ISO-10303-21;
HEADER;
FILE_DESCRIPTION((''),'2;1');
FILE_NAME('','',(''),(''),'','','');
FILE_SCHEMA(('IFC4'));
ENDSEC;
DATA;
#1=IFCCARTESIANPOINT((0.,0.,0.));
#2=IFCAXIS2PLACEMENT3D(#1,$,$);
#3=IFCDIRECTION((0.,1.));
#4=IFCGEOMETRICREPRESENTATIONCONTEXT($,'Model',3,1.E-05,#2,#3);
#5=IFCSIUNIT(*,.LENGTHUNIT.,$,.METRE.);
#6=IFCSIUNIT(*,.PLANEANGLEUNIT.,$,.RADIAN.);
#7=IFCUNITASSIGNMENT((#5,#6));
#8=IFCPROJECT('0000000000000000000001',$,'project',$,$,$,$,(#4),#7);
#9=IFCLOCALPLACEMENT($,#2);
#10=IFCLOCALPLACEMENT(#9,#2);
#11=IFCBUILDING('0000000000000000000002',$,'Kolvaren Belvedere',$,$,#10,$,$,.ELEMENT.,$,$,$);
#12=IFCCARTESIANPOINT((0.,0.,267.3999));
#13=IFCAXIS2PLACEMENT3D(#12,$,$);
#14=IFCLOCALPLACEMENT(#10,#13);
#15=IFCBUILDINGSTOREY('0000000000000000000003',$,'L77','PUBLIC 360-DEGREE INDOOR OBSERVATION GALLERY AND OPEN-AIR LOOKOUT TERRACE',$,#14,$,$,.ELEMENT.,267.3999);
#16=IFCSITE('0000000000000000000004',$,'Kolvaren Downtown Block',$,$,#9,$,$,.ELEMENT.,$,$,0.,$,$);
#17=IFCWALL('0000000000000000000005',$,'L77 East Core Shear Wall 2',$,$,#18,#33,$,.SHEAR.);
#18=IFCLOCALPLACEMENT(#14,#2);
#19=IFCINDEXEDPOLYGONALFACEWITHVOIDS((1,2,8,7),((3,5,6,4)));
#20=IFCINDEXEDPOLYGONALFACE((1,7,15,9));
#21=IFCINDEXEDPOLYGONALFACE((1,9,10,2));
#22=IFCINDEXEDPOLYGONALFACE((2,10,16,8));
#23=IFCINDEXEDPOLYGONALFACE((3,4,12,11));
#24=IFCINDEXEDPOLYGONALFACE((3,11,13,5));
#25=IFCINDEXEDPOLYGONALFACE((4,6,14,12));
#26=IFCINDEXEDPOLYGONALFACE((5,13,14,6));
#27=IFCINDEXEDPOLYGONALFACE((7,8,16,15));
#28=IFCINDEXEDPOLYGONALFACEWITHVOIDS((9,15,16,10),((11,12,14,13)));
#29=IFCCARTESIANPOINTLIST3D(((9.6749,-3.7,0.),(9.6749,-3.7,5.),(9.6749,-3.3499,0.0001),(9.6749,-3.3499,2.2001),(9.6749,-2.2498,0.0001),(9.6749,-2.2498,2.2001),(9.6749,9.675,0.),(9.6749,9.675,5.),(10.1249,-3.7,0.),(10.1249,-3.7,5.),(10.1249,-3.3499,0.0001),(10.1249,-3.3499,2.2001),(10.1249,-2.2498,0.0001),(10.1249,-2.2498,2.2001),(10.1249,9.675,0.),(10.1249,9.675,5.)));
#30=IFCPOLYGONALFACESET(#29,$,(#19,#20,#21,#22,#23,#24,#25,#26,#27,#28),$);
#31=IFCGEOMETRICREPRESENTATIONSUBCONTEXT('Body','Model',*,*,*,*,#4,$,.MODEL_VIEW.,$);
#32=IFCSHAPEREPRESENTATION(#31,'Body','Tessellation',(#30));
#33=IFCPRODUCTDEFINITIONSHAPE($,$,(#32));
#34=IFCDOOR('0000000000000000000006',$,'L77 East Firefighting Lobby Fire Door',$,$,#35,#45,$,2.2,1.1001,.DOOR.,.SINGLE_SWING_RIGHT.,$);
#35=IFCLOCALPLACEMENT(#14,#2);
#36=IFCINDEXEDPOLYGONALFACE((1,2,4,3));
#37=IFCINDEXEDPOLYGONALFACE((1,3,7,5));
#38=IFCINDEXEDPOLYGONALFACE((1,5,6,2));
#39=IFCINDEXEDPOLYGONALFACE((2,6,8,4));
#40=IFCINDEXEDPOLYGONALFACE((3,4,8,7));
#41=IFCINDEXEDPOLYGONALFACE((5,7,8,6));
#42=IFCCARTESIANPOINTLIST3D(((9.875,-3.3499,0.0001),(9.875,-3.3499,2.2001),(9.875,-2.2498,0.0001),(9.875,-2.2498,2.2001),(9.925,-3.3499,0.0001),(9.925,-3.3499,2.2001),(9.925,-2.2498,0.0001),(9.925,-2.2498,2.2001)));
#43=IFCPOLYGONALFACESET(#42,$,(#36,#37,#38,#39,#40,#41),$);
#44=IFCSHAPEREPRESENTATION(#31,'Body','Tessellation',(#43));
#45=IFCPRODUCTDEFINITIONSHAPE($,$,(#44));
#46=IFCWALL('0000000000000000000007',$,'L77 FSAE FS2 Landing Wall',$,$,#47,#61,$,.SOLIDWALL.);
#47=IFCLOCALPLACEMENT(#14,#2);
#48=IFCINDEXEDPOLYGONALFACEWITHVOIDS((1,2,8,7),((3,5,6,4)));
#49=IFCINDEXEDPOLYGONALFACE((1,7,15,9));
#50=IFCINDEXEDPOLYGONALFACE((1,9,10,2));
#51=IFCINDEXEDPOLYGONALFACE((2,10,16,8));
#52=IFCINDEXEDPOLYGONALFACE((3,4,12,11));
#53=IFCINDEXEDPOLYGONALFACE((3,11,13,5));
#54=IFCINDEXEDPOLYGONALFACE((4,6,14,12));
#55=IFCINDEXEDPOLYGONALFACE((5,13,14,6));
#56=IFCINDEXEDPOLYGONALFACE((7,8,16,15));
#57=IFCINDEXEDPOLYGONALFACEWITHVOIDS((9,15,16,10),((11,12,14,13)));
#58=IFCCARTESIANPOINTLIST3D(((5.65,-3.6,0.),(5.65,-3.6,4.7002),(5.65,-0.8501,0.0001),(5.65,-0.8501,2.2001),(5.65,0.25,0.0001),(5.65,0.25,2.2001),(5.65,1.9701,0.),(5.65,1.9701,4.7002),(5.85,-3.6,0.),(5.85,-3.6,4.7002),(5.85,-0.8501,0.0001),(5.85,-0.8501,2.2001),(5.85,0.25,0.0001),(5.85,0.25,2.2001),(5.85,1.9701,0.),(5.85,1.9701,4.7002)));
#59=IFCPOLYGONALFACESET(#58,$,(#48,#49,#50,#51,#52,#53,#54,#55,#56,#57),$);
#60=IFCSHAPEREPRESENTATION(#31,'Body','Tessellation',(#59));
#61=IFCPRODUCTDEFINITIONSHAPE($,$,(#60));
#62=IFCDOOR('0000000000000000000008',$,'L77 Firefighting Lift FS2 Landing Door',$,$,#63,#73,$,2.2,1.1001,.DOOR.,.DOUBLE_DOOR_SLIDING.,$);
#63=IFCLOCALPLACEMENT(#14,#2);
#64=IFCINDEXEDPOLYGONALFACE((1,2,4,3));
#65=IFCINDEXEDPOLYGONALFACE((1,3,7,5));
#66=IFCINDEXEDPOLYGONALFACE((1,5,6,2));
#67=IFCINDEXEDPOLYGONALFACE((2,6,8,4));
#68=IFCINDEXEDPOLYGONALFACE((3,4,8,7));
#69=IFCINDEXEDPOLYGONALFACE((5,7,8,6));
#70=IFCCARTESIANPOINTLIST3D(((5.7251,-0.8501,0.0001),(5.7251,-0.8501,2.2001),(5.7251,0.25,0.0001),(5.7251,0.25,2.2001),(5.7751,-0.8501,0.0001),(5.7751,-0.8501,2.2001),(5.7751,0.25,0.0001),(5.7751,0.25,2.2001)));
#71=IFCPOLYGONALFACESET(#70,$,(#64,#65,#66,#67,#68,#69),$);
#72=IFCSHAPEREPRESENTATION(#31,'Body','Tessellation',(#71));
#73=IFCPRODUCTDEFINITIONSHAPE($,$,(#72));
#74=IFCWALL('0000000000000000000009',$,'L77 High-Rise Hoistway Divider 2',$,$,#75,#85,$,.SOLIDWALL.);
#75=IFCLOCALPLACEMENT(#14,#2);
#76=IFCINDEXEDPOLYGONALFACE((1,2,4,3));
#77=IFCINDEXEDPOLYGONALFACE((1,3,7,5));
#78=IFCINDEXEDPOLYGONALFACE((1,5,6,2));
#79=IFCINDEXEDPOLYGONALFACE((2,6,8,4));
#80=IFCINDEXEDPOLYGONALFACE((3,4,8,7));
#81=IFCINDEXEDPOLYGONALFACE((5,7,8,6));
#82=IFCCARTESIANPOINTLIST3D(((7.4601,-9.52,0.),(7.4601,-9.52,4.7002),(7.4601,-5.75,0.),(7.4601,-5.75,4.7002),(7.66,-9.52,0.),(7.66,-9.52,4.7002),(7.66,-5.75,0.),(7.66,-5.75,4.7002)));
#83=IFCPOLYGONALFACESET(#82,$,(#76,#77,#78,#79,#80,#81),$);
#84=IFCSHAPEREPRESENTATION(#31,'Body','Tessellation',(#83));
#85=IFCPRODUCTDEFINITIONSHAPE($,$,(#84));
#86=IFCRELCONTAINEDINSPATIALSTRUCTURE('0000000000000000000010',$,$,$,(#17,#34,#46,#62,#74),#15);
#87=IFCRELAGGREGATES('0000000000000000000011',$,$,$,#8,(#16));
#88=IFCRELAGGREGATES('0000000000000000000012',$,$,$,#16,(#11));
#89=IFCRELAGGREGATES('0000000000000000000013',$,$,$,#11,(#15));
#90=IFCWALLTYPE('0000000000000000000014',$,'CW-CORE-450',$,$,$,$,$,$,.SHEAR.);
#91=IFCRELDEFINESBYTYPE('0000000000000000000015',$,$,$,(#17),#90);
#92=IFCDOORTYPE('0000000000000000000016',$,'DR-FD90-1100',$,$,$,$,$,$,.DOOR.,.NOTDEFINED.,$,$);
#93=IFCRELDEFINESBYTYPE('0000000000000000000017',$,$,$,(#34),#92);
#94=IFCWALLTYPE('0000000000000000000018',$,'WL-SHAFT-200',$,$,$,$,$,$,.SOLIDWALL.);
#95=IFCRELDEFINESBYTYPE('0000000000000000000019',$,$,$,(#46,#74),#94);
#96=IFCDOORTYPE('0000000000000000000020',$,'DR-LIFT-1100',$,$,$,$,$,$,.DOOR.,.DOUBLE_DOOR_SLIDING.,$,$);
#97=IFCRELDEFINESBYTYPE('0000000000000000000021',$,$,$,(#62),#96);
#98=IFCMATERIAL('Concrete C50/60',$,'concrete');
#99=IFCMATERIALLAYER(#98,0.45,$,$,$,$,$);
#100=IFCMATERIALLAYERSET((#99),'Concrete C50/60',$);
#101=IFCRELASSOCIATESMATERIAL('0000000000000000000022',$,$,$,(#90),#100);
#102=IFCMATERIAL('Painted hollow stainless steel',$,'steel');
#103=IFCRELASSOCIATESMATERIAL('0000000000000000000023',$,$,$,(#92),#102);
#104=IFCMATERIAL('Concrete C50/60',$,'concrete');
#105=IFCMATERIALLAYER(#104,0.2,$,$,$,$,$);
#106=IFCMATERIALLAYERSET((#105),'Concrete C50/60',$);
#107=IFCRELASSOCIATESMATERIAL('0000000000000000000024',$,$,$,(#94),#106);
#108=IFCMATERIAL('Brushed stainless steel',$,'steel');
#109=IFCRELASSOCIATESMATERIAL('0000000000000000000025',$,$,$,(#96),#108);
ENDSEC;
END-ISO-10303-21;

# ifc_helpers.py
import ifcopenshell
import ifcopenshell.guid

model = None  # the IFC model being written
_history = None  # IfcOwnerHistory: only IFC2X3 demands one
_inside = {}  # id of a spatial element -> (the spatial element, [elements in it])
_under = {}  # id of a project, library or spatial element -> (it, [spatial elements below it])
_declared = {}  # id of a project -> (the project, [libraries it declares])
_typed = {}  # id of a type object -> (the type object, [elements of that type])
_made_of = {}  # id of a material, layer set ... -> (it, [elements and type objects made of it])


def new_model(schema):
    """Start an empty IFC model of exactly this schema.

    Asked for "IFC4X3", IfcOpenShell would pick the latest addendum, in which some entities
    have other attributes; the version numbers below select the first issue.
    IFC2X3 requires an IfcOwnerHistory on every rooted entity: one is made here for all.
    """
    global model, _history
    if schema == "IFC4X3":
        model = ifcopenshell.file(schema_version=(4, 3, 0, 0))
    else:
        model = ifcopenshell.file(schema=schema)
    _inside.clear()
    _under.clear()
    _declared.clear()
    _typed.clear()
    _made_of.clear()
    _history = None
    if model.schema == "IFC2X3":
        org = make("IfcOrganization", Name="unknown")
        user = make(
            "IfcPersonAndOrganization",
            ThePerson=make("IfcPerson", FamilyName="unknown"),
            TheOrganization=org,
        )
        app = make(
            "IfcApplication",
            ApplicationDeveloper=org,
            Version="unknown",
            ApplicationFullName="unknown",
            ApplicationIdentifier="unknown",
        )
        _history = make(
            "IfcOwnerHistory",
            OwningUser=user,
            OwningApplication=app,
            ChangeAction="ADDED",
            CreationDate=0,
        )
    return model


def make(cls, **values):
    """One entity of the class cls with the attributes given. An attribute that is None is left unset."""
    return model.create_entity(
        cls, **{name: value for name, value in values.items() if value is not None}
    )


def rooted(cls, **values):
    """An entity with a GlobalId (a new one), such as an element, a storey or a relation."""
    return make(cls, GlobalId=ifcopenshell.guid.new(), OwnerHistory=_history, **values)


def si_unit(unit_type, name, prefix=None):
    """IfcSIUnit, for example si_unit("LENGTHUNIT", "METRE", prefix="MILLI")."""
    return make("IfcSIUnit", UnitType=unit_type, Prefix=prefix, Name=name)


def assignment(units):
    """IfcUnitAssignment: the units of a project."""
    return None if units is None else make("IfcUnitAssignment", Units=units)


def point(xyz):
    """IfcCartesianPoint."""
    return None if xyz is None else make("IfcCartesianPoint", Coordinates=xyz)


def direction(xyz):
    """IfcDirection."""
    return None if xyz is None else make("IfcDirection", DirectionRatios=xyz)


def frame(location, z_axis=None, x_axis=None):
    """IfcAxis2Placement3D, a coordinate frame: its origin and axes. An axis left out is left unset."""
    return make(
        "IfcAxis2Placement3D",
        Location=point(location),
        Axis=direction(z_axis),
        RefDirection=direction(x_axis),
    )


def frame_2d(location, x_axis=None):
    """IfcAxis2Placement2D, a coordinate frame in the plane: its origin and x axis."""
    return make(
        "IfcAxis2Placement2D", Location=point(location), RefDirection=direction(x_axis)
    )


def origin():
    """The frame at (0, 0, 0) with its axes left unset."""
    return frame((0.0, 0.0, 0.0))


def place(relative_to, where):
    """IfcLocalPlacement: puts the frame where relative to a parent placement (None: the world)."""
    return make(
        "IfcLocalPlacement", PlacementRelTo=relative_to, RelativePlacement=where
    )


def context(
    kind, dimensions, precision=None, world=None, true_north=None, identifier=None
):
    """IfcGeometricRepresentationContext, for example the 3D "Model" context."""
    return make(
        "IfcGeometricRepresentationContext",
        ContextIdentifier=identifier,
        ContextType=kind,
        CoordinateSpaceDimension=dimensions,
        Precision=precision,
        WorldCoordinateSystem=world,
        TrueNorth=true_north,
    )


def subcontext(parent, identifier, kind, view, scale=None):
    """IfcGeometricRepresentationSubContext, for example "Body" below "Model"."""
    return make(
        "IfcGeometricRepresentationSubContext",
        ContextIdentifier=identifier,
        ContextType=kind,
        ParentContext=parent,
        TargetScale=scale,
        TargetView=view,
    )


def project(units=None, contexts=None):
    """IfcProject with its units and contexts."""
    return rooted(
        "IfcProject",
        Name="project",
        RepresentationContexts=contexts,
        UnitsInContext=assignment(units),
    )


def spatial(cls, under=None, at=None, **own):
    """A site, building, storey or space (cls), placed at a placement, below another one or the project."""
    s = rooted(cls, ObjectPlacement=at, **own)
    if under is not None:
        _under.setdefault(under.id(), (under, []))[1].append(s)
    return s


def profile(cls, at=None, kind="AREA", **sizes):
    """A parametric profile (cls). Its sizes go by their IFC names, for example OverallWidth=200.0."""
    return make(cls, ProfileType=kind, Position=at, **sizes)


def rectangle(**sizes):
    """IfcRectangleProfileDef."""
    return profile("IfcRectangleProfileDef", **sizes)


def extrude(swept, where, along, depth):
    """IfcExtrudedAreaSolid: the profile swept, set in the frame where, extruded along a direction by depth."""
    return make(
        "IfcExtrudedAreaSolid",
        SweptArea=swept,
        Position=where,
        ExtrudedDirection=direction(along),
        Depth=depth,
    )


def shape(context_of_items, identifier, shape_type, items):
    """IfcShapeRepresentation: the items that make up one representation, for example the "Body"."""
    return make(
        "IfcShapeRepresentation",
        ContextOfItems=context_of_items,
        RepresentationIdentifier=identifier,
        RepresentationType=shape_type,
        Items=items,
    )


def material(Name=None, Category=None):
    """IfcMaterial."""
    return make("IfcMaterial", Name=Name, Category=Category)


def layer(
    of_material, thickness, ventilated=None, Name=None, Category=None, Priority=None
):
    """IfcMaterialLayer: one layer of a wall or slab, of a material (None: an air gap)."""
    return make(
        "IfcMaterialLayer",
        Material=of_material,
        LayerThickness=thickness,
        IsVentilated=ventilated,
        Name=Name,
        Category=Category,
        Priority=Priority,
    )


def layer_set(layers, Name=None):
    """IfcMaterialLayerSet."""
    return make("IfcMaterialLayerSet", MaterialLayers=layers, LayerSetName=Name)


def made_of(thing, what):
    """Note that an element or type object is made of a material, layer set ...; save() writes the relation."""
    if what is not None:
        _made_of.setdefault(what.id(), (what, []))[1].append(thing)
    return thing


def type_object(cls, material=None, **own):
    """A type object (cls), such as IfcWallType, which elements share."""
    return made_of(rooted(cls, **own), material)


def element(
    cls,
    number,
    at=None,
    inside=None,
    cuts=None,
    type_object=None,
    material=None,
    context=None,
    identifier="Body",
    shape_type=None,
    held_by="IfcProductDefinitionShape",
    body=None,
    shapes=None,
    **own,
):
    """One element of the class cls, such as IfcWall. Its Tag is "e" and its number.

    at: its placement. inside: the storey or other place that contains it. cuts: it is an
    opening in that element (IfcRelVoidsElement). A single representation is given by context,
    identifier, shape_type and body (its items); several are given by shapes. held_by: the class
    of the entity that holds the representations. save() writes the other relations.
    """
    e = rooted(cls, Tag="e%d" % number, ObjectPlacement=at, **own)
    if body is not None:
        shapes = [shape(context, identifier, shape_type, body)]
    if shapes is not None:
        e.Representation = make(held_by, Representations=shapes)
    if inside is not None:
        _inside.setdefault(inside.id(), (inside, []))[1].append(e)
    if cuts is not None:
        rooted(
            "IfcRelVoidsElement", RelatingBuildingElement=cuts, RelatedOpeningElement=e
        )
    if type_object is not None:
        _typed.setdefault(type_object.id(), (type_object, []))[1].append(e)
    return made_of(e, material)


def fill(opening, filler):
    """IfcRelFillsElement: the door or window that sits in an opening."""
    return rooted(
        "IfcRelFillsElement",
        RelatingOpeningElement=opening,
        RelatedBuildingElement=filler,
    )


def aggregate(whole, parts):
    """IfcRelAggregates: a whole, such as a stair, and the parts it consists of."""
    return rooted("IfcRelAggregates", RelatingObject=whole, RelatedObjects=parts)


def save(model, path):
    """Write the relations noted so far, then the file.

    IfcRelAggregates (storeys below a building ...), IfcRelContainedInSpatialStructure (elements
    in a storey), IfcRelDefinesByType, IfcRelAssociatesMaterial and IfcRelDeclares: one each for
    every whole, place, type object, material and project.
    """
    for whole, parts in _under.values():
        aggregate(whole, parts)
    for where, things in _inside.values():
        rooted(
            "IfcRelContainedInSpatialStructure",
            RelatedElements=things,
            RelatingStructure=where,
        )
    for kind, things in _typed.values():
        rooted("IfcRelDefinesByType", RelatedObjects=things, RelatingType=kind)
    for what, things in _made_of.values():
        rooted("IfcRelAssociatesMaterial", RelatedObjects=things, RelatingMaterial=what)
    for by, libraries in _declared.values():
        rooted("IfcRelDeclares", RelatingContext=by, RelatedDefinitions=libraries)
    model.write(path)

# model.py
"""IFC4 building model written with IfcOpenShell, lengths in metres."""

from ifc_helpers import new_model, si_unit, direction, frame, frame_2d, origin, place, context, subcontext, project, spatial, rectangle, extrude, material, layer, layer_set, type_object, element, fill, save


model = new_model("IFC4")

# Units and contexts
model_context = context("Model", 3, precision=1e-05, world=origin(), true_north=direction((0.0, 1.0)))
body_context = subcontext(model_context, "Body", "Model", "MODEL_VIEW")
ifc_project = project(units=[si_unit("LENGTHUNIT", "METRE"), si_unit("PLANEANGLEUNIT", "RADIAN")], contexts=[model_context])

# Site, building, storey
site_placement = place(None, origin())
site = spatial("IfcSite", under=ifc_project, at=site_placement, Name="Kolvaren Downtown Block", CompositionType="ELEMENT", RefElevation=0.0)
building_placement = place(site_placement, origin())
building = spatial("IfcBuilding", under=site, at=building_placement, Name="Kolvaren Belvedere", CompositionType="ELEMENT")
storey_placement = place(building_placement, frame((0.0, 0.0, 267.3999)))
storey = spatial("IfcBuildingStorey", under=building, at=storey_placement, Name="L77", Description="PUBLIC 360-DEGREE INDOOR OBSERVATION GALLERY AND OPEN-AIR LOOKOUT TERRACE", CompositionType="ELEMENT", Elevation=267.3999)

# Shared definitions
ifc_material_1 = material(Name="Concrete C50/60", Category="concrete")
ifc_layer_1 = layer(ifc_material_1, 0.45)
ifc_layer_set_1 = layer_set([ifc_layer_1], Name="Concrete C50/60")
wall_type_1 = type_object("IfcWallType", Name="CW-CORE-450", PredefinedType="SHEAR", material=ifc_layer_set_1)

# Walls, openings, doors
wall_1_placement = place(storey_placement, frame((9.8999, -3.7, 0.0), z_axis=(0.0, 0.0, 1.0), x_axis=(0.0, 1.0, 0.0)))
wall_1 = element("IfcWall", 1, at=wall_1_placement, inside=storey, type_object=wall_type_1, Name="L77 East Core Shear Wall 2", PredefinedType="SHEAR", context=body_context, shape_type="SweptSolid", body=[
    extrude(rectangle(XDim=13.375, YDim=0.45, at=frame_2d((6.6875, 0.0))), origin(), (0.0, 0.0, 1.0), 5.0),
])
opening_1_placement = place(wall_1_placement, frame((0.3501, 0.0, 0.0)))
opening_1 = element("IfcOpeningElement", 2, at=opening_1_placement, cuts=wall_1, PredefinedType="OPENING", context=body_context, shape_type="SweptSolid", body=[
    extrude(rectangle(XDim=1.1001, YDim=2.2, at=frame_2d((0.55, 1.1001))), frame((0.0, 0.2349, 0.0), z_axis=(0.0, -1.0, 0.0), x_axis=(1.0, 0.0, 0.0)), (0.0, 0.0, 1.0), 0.47),
])
ifc_material_2 = material(Name="Painted hollow stainless steel", Category="steel")
door_type_1 = type_object("IfcDoorType", Name="DR-FD90-1100", OperationType="NOTDEFINED", PredefinedType="DOOR", material=ifc_material_2)
door_1_placement = place(opening_1_placement, origin())
door_1 = element("IfcDoor", 3, at=door_1_placement, inside=storey, type_object=door_type_1, Name="L77 East Firefighting Lobby Fire Door", OperationType="SINGLE_SWING_RIGHT", OverallHeight=2.2, OverallWidth=1.1001, PredefinedType="DOOR", context=body_context, shape_type="SweptSolid", body=[
    extrude(rectangle(XDim=1.1001, YDim=2.2, at=frame_2d((0.55, 1.1001))), frame((0.0, 0.0249, 0.0), z_axis=(0.0, -1.0, 0.0), x_axis=(1.0, 0.0, 0.0)), (0.0, 0.0, 1.0), 0.05),
])
fill(opening_1, door_1)
ifc_material_3 = material(Name="Concrete C50/60", Category="concrete")
ifc_layer_2 = layer(ifc_material_3, 0.2)
ifc_layer_set_2 = layer_set([ifc_layer_2], Name="Concrete C50/60")
wall_type_2 = type_object("IfcWallType", Name="WL-SHAFT-200", PredefinedType="SOLIDWALL", material=ifc_layer_set_2)
wall_2_placement = place(storey_placement, frame((5.75, -3.6001, 0.0), z_axis=(0.0, 0.0, 1.0), x_axis=(0.0, 1.0, 0.0)))
wall_2 = element("IfcWall", 4, at=wall_2_placement, inside=storey, type_object=wall_type_2, Name="L77 FSAE FS2 Landing Wall", PredefinedType="SOLIDWALL", context=body_context, shape_type="SweptSolid", body=[
    extrude(rectangle(XDim=5.5701, YDim=0.2, at=frame_2d((2.7852, 0.0))), origin(), (0.0, 0.0, 1.0), 4.7002),
])
opening_2_placement = place(wall_2_placement, frame((2.75, 0.0, 0.0)))
opening_2 = element("IfcOpeningElement", 5, at=opening_2_placement, cuts=wall_2, PredefinedType="OPENING", context=body_context, shape_type="SweptSolid", body=[
    extrude(rectangle(XDim=1.1001, YDim=2.2, at=frame_2d((0.55, 1.1001))), frame((0.0, 0.1099, 0.0), z_axis=(0.0, -1.0, 0.0), x_axis=(1.0, 0.0, 0.0)), (0.0, 0.0, 1.0), 0.22),
])
ifc_material_4 = material(Name="Brushed stainless steel", Category="steel")
door_type_2 = type_object("IfcDoorType", Name="DR-LIFT-1100", OperationType="DOUBLE_DOOR_SLIDING", PredefinedType="DOOR", material=ifc_material_4)
door_2_placement = place(opening_2_placement, origin())
door_2 = element("IfcDoor", 6, at=door_2_placement, inside=storey, type_object=door_type_2, Name="L77 Firefighting Lift FS2 Landing Door", OperationType="DOUBLE_DOOR_SLIDING", OverallHeight=2.2, OverallWidth=1.1001, PredefinedType="DOOR", context=body_context, shape_type="SweptSolid", body=[
    extrude(rectangle(XDim=1.1001, YDim=2.2, at=frame_2d((0.55, 1.1001))), frame((0.0, 0.0249, 0.0), z_axis=(0.0, -1.0, 0.0), x_axis=(1.0, 0.0, 0.0)), (0.0, 0.0, 1.0), 0.05),
])
fill(opening_2, door_2)

# Wall
wall_3_placement = place(storey_placement, frame((7.5601, -9.52, 0.0), z_axis=(0.0, 0.0, 1.0), x_axis=(0.0, 1.0, 0.0)))
element("IfcWall", 7, at=wall_3_placement, inside=storey, type_object=wall_type_2, Name="L77 High-Rise Hoistway Divider 2", PredefinedType="SOLIDWALL", context=body_context, shape_type="SweptSolid", body=[
    extrude(rectangle(XDim=3.77, YDim=0.2, at=frame_2d((1.885, 0.0))), origin(), (0.0, 0.0, 1.0), 4.7002),
])

save(model, "model.ifc")
